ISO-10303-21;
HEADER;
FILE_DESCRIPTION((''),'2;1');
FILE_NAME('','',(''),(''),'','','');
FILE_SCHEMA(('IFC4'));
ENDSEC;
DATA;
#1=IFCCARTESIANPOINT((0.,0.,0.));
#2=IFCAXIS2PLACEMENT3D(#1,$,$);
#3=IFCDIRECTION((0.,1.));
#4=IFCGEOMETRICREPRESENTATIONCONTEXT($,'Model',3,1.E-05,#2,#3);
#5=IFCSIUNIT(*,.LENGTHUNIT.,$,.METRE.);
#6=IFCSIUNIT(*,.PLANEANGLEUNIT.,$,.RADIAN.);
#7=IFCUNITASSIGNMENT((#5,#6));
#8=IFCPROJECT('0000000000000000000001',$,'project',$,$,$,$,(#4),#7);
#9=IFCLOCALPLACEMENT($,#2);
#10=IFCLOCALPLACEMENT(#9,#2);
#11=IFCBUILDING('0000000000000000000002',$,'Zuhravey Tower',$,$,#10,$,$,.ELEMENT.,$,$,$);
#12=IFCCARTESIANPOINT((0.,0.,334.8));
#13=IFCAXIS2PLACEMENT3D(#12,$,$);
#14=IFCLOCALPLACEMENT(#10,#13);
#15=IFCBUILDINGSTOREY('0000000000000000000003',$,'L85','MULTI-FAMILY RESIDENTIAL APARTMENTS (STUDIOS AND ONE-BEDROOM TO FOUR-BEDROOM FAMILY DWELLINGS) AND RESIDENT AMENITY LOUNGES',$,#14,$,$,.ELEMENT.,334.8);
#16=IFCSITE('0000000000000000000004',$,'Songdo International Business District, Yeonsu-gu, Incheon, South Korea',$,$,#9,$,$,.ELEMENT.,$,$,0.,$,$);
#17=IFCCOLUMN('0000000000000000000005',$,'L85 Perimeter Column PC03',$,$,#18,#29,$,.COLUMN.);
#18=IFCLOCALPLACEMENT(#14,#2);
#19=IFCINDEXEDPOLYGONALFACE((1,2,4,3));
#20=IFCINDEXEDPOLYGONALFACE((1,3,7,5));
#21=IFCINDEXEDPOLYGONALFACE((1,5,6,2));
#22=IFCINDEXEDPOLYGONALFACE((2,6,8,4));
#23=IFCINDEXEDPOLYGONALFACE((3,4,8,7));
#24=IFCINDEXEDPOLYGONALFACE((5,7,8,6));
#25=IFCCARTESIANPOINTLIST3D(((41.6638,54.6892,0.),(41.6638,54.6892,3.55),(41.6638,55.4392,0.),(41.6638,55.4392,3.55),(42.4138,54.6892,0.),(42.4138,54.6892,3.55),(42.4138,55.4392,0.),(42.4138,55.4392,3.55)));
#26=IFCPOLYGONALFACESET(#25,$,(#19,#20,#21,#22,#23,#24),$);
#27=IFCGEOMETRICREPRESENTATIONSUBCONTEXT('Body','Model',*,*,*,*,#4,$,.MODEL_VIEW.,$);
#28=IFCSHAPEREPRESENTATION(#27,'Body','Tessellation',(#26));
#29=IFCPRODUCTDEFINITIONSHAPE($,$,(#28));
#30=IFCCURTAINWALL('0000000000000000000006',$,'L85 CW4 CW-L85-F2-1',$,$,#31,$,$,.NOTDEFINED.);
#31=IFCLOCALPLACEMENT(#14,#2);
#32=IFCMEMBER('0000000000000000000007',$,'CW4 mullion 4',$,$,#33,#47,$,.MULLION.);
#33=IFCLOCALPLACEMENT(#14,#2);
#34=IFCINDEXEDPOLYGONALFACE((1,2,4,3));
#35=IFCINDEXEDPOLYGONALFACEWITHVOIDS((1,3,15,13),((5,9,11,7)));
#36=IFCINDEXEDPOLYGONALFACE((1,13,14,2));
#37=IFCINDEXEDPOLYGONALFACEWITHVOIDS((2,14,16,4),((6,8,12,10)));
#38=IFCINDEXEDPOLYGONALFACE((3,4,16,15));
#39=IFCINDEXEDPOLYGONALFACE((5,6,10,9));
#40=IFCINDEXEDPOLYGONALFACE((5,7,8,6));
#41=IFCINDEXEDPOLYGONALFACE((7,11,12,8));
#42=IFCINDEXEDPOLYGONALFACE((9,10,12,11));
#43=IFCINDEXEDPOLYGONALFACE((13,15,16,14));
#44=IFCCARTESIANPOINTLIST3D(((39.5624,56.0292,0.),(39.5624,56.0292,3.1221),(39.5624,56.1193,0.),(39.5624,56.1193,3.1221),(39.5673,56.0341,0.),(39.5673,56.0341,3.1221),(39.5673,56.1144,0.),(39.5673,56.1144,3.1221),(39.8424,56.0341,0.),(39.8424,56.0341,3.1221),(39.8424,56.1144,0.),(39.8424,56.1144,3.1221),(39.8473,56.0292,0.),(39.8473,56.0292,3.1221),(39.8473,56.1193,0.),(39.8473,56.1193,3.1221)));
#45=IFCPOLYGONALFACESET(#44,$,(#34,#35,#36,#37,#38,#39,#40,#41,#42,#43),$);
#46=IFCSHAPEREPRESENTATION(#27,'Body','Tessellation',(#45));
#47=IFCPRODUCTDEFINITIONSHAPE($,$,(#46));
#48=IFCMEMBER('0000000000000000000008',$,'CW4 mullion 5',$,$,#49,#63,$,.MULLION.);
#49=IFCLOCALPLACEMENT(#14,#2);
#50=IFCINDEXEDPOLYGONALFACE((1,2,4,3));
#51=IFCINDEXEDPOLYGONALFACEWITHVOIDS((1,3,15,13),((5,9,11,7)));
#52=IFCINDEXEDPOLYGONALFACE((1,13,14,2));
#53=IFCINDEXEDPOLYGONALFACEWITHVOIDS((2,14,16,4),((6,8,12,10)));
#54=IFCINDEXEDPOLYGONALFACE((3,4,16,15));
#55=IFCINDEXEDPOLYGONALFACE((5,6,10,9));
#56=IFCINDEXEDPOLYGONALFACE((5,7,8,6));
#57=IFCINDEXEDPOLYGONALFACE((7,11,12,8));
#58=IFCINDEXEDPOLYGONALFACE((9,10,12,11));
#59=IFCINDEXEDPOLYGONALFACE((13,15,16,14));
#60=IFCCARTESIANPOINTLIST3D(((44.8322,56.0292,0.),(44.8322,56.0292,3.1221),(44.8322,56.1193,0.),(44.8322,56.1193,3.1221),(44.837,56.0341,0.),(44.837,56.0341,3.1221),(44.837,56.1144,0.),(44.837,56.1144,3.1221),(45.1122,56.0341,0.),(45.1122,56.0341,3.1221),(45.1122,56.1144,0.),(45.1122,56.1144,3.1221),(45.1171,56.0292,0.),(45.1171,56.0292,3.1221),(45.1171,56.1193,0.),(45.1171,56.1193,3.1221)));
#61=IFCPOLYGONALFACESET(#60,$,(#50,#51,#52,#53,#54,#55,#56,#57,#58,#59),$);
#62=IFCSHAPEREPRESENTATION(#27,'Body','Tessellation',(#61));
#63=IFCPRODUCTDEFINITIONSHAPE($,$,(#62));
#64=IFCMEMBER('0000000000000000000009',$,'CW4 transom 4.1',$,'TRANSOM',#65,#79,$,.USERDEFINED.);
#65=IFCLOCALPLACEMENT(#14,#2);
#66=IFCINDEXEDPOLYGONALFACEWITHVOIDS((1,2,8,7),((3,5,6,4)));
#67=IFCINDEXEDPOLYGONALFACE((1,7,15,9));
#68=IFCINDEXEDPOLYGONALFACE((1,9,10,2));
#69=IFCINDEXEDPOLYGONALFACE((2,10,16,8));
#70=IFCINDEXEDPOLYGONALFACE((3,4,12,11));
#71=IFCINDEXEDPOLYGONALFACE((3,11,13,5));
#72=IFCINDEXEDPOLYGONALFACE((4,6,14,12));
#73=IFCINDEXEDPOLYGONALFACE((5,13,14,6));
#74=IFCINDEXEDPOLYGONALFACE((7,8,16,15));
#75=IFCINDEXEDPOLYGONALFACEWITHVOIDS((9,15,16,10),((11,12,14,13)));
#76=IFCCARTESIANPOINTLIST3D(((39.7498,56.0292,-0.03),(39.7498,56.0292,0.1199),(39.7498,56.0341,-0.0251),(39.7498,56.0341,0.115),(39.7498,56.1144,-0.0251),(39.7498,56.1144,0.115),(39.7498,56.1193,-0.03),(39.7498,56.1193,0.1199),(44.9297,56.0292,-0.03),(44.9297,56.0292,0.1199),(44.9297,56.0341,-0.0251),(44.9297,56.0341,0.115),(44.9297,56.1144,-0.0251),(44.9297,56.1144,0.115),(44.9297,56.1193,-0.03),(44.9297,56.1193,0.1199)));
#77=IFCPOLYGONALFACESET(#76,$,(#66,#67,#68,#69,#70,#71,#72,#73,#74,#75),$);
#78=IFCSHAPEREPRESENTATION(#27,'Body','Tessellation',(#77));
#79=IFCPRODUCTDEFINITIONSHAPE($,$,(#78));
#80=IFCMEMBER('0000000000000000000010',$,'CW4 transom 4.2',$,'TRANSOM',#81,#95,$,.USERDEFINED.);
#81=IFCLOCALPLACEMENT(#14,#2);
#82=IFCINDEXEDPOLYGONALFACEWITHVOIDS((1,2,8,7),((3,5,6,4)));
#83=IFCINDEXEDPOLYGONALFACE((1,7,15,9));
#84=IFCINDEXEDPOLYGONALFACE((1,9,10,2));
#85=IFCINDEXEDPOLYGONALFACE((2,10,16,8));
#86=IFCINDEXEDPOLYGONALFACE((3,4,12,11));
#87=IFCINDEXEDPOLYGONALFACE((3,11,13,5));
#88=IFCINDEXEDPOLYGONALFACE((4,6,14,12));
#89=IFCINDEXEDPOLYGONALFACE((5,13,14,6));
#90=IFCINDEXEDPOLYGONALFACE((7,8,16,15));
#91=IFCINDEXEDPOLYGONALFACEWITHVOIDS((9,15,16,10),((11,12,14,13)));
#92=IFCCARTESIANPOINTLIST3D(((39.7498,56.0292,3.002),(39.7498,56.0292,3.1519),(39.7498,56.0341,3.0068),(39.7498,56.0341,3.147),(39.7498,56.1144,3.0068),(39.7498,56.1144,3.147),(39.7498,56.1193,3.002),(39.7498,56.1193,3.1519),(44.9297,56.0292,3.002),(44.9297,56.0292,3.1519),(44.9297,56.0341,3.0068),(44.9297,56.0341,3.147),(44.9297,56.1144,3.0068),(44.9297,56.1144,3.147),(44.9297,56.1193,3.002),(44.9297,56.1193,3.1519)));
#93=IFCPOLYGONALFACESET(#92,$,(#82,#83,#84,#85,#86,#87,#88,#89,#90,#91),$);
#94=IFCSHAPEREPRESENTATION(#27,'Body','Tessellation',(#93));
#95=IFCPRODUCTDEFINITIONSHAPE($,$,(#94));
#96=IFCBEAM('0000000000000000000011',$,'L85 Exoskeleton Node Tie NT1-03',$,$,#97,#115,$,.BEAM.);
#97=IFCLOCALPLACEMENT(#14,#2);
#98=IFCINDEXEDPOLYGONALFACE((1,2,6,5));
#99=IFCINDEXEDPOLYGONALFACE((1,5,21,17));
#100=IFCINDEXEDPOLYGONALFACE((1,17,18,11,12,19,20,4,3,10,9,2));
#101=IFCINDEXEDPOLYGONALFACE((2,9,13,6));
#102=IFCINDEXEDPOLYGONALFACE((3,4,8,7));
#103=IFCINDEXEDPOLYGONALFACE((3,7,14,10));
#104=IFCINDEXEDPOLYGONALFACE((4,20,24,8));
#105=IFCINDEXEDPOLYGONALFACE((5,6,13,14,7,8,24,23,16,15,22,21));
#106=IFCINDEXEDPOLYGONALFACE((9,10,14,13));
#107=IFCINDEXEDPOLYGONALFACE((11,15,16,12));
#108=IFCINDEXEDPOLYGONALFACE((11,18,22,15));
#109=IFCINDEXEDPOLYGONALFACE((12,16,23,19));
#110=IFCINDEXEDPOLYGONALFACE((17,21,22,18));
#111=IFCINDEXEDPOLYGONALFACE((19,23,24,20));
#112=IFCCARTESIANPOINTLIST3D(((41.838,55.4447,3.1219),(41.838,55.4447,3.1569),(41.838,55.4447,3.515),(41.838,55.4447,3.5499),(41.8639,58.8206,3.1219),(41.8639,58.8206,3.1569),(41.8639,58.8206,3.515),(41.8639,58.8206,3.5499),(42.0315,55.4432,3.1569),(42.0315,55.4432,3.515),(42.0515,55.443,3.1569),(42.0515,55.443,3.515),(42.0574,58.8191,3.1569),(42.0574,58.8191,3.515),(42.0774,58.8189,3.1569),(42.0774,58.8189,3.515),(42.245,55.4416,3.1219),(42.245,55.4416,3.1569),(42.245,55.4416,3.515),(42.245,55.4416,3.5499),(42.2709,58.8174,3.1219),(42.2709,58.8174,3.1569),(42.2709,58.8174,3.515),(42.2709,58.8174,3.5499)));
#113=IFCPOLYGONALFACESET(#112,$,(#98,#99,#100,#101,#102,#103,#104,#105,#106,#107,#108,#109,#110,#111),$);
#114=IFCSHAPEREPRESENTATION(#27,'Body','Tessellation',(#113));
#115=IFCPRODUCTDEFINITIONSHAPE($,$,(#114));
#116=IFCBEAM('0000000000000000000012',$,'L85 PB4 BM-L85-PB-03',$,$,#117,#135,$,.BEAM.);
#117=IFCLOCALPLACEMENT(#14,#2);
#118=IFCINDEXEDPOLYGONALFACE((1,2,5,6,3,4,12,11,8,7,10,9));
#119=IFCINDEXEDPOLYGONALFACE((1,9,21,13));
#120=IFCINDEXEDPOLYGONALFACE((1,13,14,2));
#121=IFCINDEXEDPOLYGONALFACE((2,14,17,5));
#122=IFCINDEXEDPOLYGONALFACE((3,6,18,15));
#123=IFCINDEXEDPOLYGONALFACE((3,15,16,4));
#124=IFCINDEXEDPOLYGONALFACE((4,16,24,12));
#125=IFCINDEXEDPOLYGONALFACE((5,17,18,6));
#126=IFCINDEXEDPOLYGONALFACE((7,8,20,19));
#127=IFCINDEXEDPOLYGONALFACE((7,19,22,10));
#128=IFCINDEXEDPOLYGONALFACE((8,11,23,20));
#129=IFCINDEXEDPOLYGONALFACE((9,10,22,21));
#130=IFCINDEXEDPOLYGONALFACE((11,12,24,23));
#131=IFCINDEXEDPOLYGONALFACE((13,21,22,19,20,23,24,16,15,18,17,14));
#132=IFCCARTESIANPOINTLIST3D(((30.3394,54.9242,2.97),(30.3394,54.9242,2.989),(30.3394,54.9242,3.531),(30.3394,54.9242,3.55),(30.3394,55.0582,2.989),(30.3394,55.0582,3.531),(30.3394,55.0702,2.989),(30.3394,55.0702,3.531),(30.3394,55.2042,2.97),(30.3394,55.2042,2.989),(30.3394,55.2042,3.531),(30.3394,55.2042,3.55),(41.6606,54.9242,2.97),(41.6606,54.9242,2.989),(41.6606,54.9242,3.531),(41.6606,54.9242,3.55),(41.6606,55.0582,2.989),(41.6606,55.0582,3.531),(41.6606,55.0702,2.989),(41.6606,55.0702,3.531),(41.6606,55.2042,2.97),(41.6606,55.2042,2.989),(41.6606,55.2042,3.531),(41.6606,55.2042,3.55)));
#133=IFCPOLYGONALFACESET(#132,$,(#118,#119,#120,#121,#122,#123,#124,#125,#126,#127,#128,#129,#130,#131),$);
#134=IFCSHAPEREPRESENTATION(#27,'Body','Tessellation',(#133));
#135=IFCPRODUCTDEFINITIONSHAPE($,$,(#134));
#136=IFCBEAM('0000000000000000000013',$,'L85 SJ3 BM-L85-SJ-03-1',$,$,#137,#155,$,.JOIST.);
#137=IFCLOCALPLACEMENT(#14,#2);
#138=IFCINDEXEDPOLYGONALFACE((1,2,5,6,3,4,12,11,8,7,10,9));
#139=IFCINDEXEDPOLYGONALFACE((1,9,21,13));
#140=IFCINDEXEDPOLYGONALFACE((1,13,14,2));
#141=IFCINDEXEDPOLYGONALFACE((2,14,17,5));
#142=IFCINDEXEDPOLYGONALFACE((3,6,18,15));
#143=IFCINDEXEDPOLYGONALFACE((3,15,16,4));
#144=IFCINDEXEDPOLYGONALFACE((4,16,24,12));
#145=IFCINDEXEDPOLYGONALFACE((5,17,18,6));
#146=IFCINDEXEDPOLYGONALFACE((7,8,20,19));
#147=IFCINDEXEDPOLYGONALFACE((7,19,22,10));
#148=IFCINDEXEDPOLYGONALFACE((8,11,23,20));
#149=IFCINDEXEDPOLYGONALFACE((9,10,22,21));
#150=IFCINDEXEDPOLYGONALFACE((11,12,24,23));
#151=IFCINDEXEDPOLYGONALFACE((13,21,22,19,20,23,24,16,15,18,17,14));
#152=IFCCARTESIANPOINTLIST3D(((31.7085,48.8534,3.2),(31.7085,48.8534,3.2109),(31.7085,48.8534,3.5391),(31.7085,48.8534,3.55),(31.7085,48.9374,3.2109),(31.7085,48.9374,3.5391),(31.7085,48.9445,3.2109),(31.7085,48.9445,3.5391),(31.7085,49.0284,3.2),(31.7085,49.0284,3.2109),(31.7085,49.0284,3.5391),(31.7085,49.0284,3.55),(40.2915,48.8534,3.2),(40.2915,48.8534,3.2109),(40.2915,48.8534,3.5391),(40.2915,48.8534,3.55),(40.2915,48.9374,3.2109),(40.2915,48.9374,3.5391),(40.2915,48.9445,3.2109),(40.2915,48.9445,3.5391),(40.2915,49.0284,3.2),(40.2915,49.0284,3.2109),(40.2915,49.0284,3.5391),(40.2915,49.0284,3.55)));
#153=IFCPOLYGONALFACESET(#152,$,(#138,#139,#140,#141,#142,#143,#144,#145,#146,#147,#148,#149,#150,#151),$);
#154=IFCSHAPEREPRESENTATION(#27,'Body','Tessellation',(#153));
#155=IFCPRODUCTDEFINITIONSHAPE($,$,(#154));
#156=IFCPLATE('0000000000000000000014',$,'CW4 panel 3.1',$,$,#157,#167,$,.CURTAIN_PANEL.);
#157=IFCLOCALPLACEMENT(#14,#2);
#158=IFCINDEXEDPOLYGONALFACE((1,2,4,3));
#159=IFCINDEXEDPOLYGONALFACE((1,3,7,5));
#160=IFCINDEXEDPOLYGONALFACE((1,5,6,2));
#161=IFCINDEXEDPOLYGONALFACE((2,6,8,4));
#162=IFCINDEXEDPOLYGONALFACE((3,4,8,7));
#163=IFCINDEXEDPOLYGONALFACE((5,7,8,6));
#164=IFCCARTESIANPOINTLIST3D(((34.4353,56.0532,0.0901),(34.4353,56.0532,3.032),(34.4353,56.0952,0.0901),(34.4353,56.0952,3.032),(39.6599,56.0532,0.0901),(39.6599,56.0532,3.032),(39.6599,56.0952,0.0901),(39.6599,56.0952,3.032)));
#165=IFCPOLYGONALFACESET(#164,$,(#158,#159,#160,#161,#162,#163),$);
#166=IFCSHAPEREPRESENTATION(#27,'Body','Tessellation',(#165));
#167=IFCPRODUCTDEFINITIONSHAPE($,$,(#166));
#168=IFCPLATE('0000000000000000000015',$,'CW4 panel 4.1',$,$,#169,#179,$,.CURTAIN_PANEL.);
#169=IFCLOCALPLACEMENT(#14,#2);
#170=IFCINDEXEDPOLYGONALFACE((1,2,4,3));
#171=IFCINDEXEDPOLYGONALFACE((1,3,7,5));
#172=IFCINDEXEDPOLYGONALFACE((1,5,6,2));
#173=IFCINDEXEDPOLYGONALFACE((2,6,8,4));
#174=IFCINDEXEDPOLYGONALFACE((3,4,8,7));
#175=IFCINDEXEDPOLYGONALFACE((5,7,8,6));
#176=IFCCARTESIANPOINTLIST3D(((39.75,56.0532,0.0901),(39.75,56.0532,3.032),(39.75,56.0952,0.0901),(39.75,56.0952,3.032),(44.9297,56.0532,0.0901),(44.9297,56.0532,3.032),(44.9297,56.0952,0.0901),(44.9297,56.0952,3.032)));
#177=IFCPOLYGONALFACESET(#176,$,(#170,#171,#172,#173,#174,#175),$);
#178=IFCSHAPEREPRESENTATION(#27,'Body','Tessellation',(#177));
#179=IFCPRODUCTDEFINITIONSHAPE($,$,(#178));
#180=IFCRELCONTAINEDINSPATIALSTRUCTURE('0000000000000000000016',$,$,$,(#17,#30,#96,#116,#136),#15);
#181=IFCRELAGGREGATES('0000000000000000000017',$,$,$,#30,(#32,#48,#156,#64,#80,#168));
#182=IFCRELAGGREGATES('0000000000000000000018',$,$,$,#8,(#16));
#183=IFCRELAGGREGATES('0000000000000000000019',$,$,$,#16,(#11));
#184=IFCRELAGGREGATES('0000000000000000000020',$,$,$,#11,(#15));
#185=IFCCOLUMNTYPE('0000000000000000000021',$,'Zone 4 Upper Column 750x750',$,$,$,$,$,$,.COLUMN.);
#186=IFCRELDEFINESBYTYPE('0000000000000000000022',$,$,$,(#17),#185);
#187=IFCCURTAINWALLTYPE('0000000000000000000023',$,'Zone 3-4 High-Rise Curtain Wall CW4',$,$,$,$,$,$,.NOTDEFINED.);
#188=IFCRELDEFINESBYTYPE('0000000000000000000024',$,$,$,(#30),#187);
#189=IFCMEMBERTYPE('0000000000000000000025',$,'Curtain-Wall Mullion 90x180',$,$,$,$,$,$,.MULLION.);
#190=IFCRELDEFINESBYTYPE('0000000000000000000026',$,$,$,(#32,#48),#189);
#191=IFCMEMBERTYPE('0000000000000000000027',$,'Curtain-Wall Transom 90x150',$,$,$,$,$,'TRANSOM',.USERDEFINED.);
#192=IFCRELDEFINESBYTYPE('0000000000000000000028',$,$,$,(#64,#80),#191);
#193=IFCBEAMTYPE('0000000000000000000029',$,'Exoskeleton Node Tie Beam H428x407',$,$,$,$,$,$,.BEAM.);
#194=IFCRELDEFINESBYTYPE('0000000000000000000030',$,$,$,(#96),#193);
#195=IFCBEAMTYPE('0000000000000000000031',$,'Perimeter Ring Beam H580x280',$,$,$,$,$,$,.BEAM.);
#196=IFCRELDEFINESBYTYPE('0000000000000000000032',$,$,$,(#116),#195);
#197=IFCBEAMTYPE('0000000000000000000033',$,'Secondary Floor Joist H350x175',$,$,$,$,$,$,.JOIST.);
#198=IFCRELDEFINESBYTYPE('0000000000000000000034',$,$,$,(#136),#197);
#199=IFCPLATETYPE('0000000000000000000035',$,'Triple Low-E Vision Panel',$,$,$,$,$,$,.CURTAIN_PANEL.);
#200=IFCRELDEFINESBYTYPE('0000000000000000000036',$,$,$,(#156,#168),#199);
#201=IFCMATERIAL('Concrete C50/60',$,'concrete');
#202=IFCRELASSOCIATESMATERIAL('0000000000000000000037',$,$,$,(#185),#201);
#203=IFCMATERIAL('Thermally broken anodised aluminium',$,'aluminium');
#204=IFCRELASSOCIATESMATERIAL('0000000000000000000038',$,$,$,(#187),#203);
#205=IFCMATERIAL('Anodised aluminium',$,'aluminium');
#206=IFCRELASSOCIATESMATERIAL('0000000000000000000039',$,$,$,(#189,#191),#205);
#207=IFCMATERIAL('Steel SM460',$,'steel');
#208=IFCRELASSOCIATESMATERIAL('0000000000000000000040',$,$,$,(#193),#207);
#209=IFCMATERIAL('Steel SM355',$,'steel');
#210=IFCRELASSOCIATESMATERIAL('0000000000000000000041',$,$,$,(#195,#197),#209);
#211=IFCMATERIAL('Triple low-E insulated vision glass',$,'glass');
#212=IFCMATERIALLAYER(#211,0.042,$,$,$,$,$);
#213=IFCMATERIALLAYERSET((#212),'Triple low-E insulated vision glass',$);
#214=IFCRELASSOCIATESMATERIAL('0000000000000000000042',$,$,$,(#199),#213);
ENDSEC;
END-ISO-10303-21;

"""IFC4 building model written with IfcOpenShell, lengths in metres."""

from ifc_helpers import new_model, si_unit, direction, frame, origin, origin_2d, place, context, subcontext, project, spatial, rectangle, hollow_rectangle, i_section, extrude, material, layer, layer_set, material_profile, profile_set, type_object, element, aggregate, save


model = new_model("IFC4")

# Units and contexts
model_context = context("Model", 3, precision=1e-05, world=origin(), true_north=direction((0.0, 1.0)))
body_context = subcontext(model_context, "Body", "Model", "MODEL_VIEW")
ifc_project = project(units=[si_unit("LENGTHUNIT", "METRE"), si_unit("PLANEANGLEUNIT", "RADIAN")], contexts=[model_context])

# Site, building, storey
site_placement = place(None, origin())
site = spatial("IfcSite", under=ifc_project, at=site_placement, Name="Songdo International Business District, Yeonsu-gu, Incheon, South Korea", CompositionType="ELEMENT", RefElevation=0.0)
building_placement = place(site_placement, origin())
building = spatial("IfcBuilding", under=site, at=building_placement, Name="Zuhravey Tower", CompositionType="ELEMENT")
storey_placement = place(building_placement, frame((0.0, 0.0, 334.8)))
storey = spatial("IfcBuildingStorey", under=building, at=storey_placement, Name="L85", Description="MULTI-FAMILY RESIDENTIAL APARTMENTS (STUDIOS AND ONE-BEDROOM TO FOUR-BEDROOM FAMILY DWELLINGS) AND RESIDENT AMENITY LOUNGES", CompositionType="ELEMENT", Elevation=334.8)

# Column
ifc_material_1 = material(Name="Concrete C50/60", Category="concrete")
ifc_material_profile_1 = material_profile(ifc_material_1, rectangle(XDim=0.75, YDim=0.75, at=origin_2d()), Name="RC-750x750")
ifc_profile_set_1 = profile_set([ifc_material_profile_1], Name="Concrete C50/60")
column_type = type_object("IfcColumnType", Name="Zone 4 Upper Column 750x750", PredefinedType="COLUMN", material=ifc_profile_set_1)
column_placement = place(storey_placement, frame((42.0388, 55.0642, 0.0), z_axis=(0.0, 0.0, 1.0), x_axis=(-1.0, 0.0, 0.0)))
element("IfcColumn", 1, at=column_placement, inside=storey, type_object=column_type, Name="L85 Perimeter Column PC03", PredefinedType="COLUMN", context=body_context, shape_type="SweptSolid", body=[
    extrude(rectangle(XDim=0.75, YDim=0.75, at=origin_2d()), origin(), (0.0, 0.0, 1.0), 3.55),
])

# Curtain wall, members
ifc_material_2 = material(Name="Thermally broken anodised aluminium", Category="aluminium")
curtain_wall_type = type_object("IfcCurtainWallType", Name="Zone 3-4 High-Rise Curtain Wall CW4", PredefinedType="NOTDEFINED", material=ifc_material_2)
curtain_wall_placement = place(storey_placement, origin())
curtain_wall = element("IfcCurtainWall", 2, at=curtain_wall_placement, inside=storey, type_object=curtain_wall_type, Name="L85 CW4 CW-L85-F2-1", PredefinedType="NOTDEFINED")
ifc_material_3 = material(Name="Anodised aluminium", Category="aluminium")
ifc_material_profile_2 = material_profile(ifc_material_3, hollow_rectangle(XDim=0.0901, YDim=0.2849, WallThickness=0.0049, at=origin_2d()), Name="ALU-RHS-90x285x5")
ifc_profile_set_2 = profile_set([ifc_material_profile_2], Name="Anodised aluminium")
member_type_1 = type_object("IfcMemberType", Name="Curtain-Wall Mullion 90x180", PredefinedType="MULLION", material=ifc_profile_set_2)
member_1_placement = place(storey_placement, frame((39.7048, 56.0742, 0.0), z_axis=(0.0, 0.0, 1.0), x_axis=(0.0, 1.0, 0.0)))
member_1 = element("IfcMember", 3, at=member_1_placement, type_object=member_type_1, Name="CW4 mullion 4", PredefinedType="MULLION", context=body_context, shape_type="SweptSolid", body=[
    extrude(hollow_rectangle(XDim=0.0901, YDim=0.2849, WallThickness=0.0049, at=origin_2d()), origin(), (0.0, 0.0, 1.0), 3.1221),
])
member_2_placement = place(storey_placement, frame((44.9746, 56.0742, 0.0), z_axis=(0.0, 0.0, 1.0), x_axis=(0.0, 1.0, 0.0)))
member_2 = element("IfcMember", 4, at=member_2_placement, type_object=member_type_1, Name="CW4 mullion 5", PredefinedType="MULLION", context=body_context, shape_type="SweptSolid", body=[
    extrude(hollow_rectangle(XDim=0.0901, YDim=0.2849, WallThickness=0.0049, at=origin_2d()), origin(), (0.0, 0.0, 1.0), 3.1221),
])
ifc_material_profile_3 = material_profile(ifc_material_3, hollow_rectangle(XDim=0.0901, YDim=0.1499, WallThickness=0.0049, at=origin_2d()), Name="ALU-RHS-90x150x5")
ifc_profile_set_3 = profile_set([ifc_material_profile_3], Name="Anodised aluminium")
member_type_2 = type_object("IfcMemberType", Name="Curtain-Wall Transom 90x150", ElementType="TRANSOM", PredefinedType="USERDEFINED", material=ifc_profile_set_3)
member_3_placement = place(storey_placement, frame((39.7498, 56.0742, 0.0449), z_axis=(1.0, 0.0, 0.0), x_axis=(0.0, 1.0, 0.0)))
member_3 = element("IfcMember", 5, at=member_3_placement, type_object=member_type_2, Name="CW4 transom 4.1", ObjectType="TRANSOM", PredefinedType="USERDEFINED", context=body_context, shape_type="SweptSolid", body=[
    extrude(hollow_rectangle(XDim=0.0901, YDim=0.1499, WallThickness=0.0049, at=origin_2d()), origin(), (0.0, 0.0, 1.0), 5.1799),
])
member_4_placement = place(storey_placement, frame((39.7498, 56.0742, 3.0769), z_axis=(1.0, 0.0, 0.0), x_axis=(0.0, 1.0, 0.0)))
member_4 = element("IfcMember", 6, at=member_4_placement, type_object=member_type_2, Name="CW4 transom 4.2", ObjectType="TRANSOM", PredefinedType="USERDEFINED", context=body_context, shape_type="SweptSolid", body=[
    extrude(hollow_rectangle(XDim=0.0901, YDim=0.1499, WallThickness=0.0049, at=origin_2d()), origin(), (0.0, 0.0, 1.0), 5.1799),
])

# Beams
ifc_material_4 = material(Name="Steel SM460", Category="steel")
ifc_material_profile_4 = material_profile(ifc_material_4, i_section(OverallWidth=0.407, OverallDepth=0.428, WebThickness=0.02, FlangeThickness=0.0349, at=origin_2d()), Name="H-428x407x20x35")
ifc_profile_set_4 = profile_set([ifc_material_profile_4], Name="Steel SM460")
beam_type_1 = type_object("IfcBeamType", Name="Exoskeleton Node Tie Beam H428x407", PredefinedType="BEAM", material=ifc_profile_set_4)
beam_1_placement = place(storey_placement, frame((42.0415, 55.4431, 3.3359), z_axis=(0.007665, 0.999971, 0.0), x_axis=(-0.999971, 0.007665, 0.0)))
element("IfcBeam", 7, at=beam_1_placement, inside=storey, type_object=beam_type_1, Name="L85 Exoskeleton Node Tie NT1-03", PredefinedType="BEAM", context=body_context, shape_type="SweptSolid", body=[
    extrude(i_section(OverallWidth=0.407, OverallDepth=0.428, WebThickness=0.02, FlangeThickness=0.0349, at=origin_2d()), origin(), (0.0, 0.0, 1.0), 3.376),
])
ifc_material_5 = material(Name="Steel SM355", Category="steel")
ifc_material_profile_5 = material_profile(ifc_material_5, i_section(OverallWidth=0.28, OverallDepth=0.5801, WebThickness=0.012, FlangeThickness=0.019, at=origin_2d()), Name="H-580x280x12x19")
ifc_profile_set_5 = profile_set([ifc_material_profile_5], Name="Steel SM355")
beam_type_2 = type_object("IfcBeamType", Name="Perimeter Ring Beam H580x280", PredefinedType="BEAM", material=ifc_profile_set_5)
beam_2_placement = place(storey_placement, frame((41.6606, 55.0642, 3.26), z_axis=(-1.0, 0.0, 0.0), x_axis=(0.0, -1.0, 0.0)))
element("IfcBeam", 8, at=beam_2_placement, inside=storey, type_object=beam_type_2, Name="L85 PB4 BM-L85-PB-03", PredefinedType="BEAM", context=body_context, shape_type="SweptSolid", body=[
    extrude(i_section(OverallWidth=0.28, OverallDepth=0.5801, WebThickness=0.012, FlangeThickness=0.019, at=origin_2d()), origin(), (0.0, 0.0, 1.0), 11.3213),
])
ifc_material_profile_6 = material_profile(ifc_material_5, i_section(OverallWidth=0.175, OverallDepth=0.3501, WebThickness=0.0071, FlangeThickness=0.011, at=origin_2d()), Name="H-350x175x7x11")
ifc_profile_set_6 = profile_set([ifc_material_profile_6], Name="Steel SM355")
beam_type_3 = type_object("IfcBeamType", Name="Secondary Floor Joist H350x175", PredefinedType="JOIST", material=ifc_profile_set_6)
beam_3_placement = place(storey_placement, frame((40.2915, 48.9409, 3.375), z_axis=(-1.0, 0.0, 0.0), x_axis=(0.0, -1.0, 0.0)))
element("IfcBeam", 9, at=beam_3_placement, inside=storey, type_object=beam_type_3, Name="L85 SJ3 BM-L85-SJ-03-1", PredefinedType="JOIST", context=body_context, shape_type="SweptSolid", body=[
    extrude(i_section(OverallWidth=0.175, OverallDepth=0.3501, WebThickness=0.0071, FlangeThickness=0.011, at=origin_2d()), origin(), (0.0, 0.0, 1.0), 8.583),
])

# Plates
ifc_material_6 = material(Name="Triple low-E insulated vision glass", Category="glass")
ifc_layer_1 = layer(ifc_material_6, 0.042)
ifc_layer_set_1 = layer_set([ifc_layer_1], Name="Triple low-E insulated vision glass")
plate_type = type_object("IfcPlateType", Name="Triple Low-E Vision Panel", PredefinedType="CURTAIN_PANEL", material=ifc_layer_set_1)
plate_1_placement = place(storey_placement, frame((37.0476, 56.0742, 0.0901), z_axis=(0.0, 0.0, 1.0), x_axis=(1.0, 0.0, 0.0)))
plate_1 = element("IfcPlate", 10, at=plate_1_placement, type_object=plate_type, Name="CW4 panel 3.1", PredefinedType="CURTAIN_PANEL", context=body_context, shape_type="SweptSolid", body=[
    extrude(rectangle(XDim=5.2246, YDim=0.042, at=origin_2d()), origin(), (0.0, 0.0, 1.0), 2.9419),
])
plate_2_placement = place(storey_placement, frame((42.3398, 56.0742, 0.0901), z_axis=(0.0, 0.0, 1.0), x_axis=(1.0, 0.0, 0.0)))
plate_2 = element("IfcPlate", 11, at=plate_2_placement, type_object=plate_type, Name="CW4 panel 4.1", PredefinedType="CURTAIN_PANEL", context=body_context, shape_type="SweptSolid", body=[
    extrude(rectangle(XDim=5.1797, YDim=0.042, at=origin_2d()), origin(), (0.0, 0.0, 1.0), 2.9419),
])
aggregate(curtain_wall, [member_1, member_2, plate_1, member_3, member_4, plate_2])

save(model, "model.ifc")
